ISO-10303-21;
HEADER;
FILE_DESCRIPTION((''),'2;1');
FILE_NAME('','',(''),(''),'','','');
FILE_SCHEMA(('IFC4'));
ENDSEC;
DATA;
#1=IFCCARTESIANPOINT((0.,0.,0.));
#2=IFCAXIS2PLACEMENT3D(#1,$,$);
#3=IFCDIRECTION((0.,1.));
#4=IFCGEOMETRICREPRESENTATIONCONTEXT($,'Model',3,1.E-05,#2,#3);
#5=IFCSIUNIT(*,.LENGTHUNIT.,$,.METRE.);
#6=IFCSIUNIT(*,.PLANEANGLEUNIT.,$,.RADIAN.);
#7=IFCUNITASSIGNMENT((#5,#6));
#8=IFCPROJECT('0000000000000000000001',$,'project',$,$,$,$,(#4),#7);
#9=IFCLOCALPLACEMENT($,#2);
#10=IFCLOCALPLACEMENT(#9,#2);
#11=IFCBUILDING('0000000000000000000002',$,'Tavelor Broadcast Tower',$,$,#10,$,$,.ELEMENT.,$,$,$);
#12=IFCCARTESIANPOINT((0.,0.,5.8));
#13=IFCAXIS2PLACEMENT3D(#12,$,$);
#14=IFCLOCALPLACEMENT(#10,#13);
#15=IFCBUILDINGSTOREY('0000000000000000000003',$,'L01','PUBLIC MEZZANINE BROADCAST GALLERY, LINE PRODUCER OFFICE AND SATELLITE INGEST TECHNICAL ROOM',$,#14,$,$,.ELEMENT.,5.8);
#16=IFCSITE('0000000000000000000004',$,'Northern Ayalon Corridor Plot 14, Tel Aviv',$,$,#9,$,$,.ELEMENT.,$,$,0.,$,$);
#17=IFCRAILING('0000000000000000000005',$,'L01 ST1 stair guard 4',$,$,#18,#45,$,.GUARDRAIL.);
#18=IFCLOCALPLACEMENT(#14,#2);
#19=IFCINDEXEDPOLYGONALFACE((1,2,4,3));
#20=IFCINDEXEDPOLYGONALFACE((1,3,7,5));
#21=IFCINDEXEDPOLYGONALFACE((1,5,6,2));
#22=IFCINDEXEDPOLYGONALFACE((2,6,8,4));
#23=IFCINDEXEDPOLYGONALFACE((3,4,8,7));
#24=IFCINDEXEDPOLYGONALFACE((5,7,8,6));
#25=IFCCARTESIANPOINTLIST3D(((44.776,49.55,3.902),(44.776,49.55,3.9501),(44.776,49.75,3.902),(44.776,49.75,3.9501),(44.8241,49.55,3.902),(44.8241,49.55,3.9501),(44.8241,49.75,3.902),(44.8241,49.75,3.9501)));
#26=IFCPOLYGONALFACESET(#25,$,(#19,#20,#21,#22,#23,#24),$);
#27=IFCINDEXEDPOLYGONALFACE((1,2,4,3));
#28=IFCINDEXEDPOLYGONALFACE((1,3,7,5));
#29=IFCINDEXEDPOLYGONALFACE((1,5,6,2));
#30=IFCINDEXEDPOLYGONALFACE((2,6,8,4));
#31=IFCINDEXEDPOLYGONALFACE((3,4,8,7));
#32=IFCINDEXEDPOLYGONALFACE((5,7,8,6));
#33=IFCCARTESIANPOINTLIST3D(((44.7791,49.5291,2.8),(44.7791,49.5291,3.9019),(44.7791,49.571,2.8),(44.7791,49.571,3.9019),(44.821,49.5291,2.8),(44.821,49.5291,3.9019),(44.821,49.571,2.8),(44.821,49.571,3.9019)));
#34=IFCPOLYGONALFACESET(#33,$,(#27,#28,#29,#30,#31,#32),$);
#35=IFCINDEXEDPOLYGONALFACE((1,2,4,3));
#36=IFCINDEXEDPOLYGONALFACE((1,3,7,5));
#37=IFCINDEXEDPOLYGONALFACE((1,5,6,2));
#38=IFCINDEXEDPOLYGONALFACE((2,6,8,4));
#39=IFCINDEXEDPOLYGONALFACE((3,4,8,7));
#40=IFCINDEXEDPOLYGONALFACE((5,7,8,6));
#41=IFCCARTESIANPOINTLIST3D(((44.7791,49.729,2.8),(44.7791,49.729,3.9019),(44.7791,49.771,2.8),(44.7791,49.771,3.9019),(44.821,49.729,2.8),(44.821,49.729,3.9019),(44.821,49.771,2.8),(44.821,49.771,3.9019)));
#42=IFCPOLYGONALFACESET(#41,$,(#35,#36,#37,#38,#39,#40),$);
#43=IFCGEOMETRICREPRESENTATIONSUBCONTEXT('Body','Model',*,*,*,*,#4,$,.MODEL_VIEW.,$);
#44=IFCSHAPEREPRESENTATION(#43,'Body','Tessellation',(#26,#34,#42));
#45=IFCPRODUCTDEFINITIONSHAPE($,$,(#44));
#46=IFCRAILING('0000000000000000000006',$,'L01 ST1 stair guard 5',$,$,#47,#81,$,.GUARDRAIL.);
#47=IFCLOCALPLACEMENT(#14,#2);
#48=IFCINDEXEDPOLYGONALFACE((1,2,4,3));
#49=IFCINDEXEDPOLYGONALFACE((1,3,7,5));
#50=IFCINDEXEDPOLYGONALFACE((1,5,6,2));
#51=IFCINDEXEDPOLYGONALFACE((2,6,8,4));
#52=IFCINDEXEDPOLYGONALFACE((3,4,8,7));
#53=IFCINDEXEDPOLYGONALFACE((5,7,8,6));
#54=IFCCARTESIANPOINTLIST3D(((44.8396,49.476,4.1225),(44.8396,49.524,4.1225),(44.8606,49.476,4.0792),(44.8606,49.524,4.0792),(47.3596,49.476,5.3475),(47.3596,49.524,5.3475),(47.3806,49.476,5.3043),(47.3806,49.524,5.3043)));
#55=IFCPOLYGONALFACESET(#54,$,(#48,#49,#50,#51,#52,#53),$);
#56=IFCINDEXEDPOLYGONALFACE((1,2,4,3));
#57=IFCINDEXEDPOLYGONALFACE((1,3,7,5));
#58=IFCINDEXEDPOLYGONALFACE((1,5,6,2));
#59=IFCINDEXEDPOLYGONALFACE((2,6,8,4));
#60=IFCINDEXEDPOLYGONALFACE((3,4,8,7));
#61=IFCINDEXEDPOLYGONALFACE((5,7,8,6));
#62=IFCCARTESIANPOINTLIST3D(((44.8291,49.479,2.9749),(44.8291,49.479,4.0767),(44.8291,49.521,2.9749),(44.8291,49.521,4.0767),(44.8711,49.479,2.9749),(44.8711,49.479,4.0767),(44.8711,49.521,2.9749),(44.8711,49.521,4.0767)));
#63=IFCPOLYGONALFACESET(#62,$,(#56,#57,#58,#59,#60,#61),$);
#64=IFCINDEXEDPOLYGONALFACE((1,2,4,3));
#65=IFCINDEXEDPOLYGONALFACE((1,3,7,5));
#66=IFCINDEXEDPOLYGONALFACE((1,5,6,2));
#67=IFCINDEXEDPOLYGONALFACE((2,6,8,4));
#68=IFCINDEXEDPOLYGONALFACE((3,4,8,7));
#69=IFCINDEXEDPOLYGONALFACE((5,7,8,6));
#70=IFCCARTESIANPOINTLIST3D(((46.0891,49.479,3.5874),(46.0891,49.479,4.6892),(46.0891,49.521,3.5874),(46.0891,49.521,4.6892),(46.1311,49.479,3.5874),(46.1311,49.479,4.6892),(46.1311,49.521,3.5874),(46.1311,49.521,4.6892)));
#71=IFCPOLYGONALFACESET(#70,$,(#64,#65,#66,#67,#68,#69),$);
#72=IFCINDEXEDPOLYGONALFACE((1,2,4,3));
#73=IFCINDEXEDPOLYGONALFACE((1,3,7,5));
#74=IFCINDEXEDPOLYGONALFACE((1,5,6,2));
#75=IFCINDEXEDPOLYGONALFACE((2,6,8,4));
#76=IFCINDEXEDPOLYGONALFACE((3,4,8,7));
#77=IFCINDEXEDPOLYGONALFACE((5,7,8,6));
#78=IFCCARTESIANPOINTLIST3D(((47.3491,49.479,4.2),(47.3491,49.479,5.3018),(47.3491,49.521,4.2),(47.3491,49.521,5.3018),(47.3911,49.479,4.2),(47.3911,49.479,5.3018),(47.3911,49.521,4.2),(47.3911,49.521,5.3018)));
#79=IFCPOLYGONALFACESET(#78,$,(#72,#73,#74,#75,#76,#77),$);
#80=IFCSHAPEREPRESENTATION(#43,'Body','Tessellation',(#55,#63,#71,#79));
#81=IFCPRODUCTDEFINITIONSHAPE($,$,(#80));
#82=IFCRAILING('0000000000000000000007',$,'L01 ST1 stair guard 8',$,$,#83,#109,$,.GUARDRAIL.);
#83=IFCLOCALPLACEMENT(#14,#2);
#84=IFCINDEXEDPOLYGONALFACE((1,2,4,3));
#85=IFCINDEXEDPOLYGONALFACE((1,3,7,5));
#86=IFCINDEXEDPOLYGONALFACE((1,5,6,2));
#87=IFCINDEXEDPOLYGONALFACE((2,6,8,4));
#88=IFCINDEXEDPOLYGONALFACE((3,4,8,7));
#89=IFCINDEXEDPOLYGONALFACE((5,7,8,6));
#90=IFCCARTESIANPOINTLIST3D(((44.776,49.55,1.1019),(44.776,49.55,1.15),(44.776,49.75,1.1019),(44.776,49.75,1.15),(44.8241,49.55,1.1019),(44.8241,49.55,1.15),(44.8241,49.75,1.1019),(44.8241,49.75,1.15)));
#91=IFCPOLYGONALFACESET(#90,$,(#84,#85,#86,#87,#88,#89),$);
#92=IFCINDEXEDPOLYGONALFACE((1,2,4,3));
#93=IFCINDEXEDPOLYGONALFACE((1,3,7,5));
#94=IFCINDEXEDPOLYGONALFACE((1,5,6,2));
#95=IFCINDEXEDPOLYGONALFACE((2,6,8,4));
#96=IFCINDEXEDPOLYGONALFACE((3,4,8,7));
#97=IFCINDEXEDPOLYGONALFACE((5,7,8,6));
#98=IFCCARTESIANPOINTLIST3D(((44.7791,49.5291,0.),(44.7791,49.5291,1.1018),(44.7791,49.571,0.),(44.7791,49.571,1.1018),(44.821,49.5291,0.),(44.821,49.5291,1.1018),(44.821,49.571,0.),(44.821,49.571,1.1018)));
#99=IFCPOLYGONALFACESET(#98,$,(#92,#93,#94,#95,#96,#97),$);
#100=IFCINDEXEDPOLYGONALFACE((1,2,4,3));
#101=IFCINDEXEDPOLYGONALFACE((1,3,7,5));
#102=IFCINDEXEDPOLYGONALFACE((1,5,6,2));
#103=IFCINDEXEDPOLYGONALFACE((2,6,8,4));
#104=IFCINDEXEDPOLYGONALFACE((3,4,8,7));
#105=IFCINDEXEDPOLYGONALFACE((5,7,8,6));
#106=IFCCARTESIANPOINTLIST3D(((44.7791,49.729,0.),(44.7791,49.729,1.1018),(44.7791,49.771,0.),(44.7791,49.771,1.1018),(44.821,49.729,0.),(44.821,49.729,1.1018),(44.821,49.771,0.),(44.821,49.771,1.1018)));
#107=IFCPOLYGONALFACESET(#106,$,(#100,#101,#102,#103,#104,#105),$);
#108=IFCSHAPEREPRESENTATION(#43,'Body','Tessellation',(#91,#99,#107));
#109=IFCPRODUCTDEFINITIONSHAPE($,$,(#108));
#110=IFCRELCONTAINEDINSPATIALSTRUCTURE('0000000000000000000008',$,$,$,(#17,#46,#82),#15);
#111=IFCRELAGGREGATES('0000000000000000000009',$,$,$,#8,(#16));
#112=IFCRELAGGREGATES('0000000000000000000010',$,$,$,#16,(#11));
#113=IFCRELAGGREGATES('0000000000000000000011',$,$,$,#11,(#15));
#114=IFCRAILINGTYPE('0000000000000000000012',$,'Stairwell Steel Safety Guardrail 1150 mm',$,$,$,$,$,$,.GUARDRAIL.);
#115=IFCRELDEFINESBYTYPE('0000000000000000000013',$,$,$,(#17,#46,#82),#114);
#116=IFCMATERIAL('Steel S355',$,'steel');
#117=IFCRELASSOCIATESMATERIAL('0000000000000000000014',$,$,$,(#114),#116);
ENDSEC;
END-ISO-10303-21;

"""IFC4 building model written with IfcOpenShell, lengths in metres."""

from ifc_helpers import new_model, si_unit, direction, frame, origin, origin_2d, place, context, subcontext, project, spatial, rectangle, extrude, material, type_object, element, save


model = new_model("IFC4")

# Units and contexts
model_context = context("Model", 3, precision=1e-05, world=origin(), true_north=direction((0.0, 1.0)))
body_context = subcontext(model_context, "Body", "Model", "MODEL_VIEW")
ifc_project = project(units=[si_unit("LENGTHUNIT", "METRE"), si_unit("PLANEANGLEUNIT", "RADIAN")], contexts=[model_context])

# Site, building, storey
site_placement = place(None, origin())
site = spatial("IfcSite", under=ifc_project, at=site_placement, Name="Northern Ayalon Corridor Plot 14, Tel Aviv", CompositionType="ELEMENT", RefElevation=0.0)
building_placement = place(site_placement, origin())
building = spatial("IfcBuilding", under=site, at=building_placement, Name="Tavelor Broadcast Tower", CompositionType="ELEMENT")
storey_placement = place(building_placement, frame((0.0, 0.0, 5.8)))
storey = spatial("IfcBuildingStorey", under=building, at=storey_placement, Name="L01", Description="PUBLIC MEZZANINE BROADCAST GALLERY, LINE PRODUCER OFFICE AND SATELLITE INGEST TECHNICAL ROOM", CompositionType="ELEMENT", Elevation=5.8)

# Shared definitions
ifc_material_1 = material(Name="Steel S355", Category="steel")

# Railings
railing_type_1 = type_object("IfcRailingType", Name="Stairwell Steel Safety Guardrail 1150 mm", PredefinedType="GUARDRAIL", material=ifc_material_1)
railing_1_placement = place(storey_placement, frame((44.8, 49.55, 2.8)))
element("IfcRailing", 1, at=railing_1_placement, inside=storey, type_object=railing_type_1, Name="L01 ST1 stair guard 4", PredefinedType="GUARDRAIL", context=body_context, shape_type="SweptSolid", body=[
    extrude(rectangle(XDim=0.0481, YDim=0.0481, at=origin_2d()), frame((0.0, 0.0, 1.126), z_axis=(0.0, 1.0, 0.0), x_axis=(-1.0, 0.0, 0.0)), (0.0, 0.0, 1.0), 0.2),
    extrude(rectangle(XDim=0.042, YDim=0.042, at=origin_2d()), origin(), (0.0, 0.0, 1.0), 1.1018),
    extrude(rectangle(XDim=0.042, YDim=0.042, at=origin_2d()), frame((0.0, 0.2, 0.0)), (0.0, 0.0, 1.0), 1.1018),
])
railing_2_placement = place(storey_placement, frame((44.8501, 49.5, 2.9749)))
element("IfcRailing", 2, at=railing_2_placement, inside=storey, type_object=railing_type_1, Name="L01 ST1 stair guard 5", PredefinedType="GUARDRAIL", context=body_context, shape_type="SweptSolid", body=[
    extrude(rectangle(XDim=0.0481, YDim=0.0481, at=origin_2d()), frame((0.0, 0.0, 1.126), z_axis=(0.899355, 0.0, 0.437218), x_axis=(0.0, 1.0, 0.0)), (0.0, 0.0, 1.0), 2.802),
    extrude(rectangle(XDim=0.042, YDim=0.042, at=origin_2d()), origin(), (0.0, 0.0, 1.0), 1.1018),
    extrude(rectangle(XDim=0.042, YDim=0.042, at=origin_2d()), frame((1.26, 0.0, 0.6125)), (0.0, 0.0, 1.0), 1.1018),
    extrude(rectangle(XDim=0.042, YDim=0.042, at=origin_2d()), frame((2.52, 0.0, 1.2251)), (0.0, 0.0, 1.0), 1.1018),
])
railing_3_placement = place(storey_placement, frame((44.8, 49.55, 0.0)))
element("IfcRailing", 3, at=railing_3_placement, inside=storey, type_object=railing_type_1, Name="L01 ST1 stair guard 8", PredefinedType="GUARDRAIL", context=body_context, shape_type="SweptSolid", body=[
    extrude(rectangle(XDim=0.0481, YDim=0.0481, at=origin_2d()), frame((0.0, 0.0, 1.126), z_axis=(0.0, 1.0, 0.0), x_axis=(-1.0, 0.0, 0.0)), (0.0, 0.0, 1.0), 0.2),
    extrude(rectangle(XDim=0.042, YDim=0.042, at=origin_2d()), origin(), (0.0, 0.0, 1.0), 1.1018),
    extrude(rectangle(XDim=0.042, YDim=0.042, at=origin_2d()), frame((0.0, 0.2, 0.0)), (0.0, 0.0, 1.0), 1.1018),
])

save(model, "model.ifc")
